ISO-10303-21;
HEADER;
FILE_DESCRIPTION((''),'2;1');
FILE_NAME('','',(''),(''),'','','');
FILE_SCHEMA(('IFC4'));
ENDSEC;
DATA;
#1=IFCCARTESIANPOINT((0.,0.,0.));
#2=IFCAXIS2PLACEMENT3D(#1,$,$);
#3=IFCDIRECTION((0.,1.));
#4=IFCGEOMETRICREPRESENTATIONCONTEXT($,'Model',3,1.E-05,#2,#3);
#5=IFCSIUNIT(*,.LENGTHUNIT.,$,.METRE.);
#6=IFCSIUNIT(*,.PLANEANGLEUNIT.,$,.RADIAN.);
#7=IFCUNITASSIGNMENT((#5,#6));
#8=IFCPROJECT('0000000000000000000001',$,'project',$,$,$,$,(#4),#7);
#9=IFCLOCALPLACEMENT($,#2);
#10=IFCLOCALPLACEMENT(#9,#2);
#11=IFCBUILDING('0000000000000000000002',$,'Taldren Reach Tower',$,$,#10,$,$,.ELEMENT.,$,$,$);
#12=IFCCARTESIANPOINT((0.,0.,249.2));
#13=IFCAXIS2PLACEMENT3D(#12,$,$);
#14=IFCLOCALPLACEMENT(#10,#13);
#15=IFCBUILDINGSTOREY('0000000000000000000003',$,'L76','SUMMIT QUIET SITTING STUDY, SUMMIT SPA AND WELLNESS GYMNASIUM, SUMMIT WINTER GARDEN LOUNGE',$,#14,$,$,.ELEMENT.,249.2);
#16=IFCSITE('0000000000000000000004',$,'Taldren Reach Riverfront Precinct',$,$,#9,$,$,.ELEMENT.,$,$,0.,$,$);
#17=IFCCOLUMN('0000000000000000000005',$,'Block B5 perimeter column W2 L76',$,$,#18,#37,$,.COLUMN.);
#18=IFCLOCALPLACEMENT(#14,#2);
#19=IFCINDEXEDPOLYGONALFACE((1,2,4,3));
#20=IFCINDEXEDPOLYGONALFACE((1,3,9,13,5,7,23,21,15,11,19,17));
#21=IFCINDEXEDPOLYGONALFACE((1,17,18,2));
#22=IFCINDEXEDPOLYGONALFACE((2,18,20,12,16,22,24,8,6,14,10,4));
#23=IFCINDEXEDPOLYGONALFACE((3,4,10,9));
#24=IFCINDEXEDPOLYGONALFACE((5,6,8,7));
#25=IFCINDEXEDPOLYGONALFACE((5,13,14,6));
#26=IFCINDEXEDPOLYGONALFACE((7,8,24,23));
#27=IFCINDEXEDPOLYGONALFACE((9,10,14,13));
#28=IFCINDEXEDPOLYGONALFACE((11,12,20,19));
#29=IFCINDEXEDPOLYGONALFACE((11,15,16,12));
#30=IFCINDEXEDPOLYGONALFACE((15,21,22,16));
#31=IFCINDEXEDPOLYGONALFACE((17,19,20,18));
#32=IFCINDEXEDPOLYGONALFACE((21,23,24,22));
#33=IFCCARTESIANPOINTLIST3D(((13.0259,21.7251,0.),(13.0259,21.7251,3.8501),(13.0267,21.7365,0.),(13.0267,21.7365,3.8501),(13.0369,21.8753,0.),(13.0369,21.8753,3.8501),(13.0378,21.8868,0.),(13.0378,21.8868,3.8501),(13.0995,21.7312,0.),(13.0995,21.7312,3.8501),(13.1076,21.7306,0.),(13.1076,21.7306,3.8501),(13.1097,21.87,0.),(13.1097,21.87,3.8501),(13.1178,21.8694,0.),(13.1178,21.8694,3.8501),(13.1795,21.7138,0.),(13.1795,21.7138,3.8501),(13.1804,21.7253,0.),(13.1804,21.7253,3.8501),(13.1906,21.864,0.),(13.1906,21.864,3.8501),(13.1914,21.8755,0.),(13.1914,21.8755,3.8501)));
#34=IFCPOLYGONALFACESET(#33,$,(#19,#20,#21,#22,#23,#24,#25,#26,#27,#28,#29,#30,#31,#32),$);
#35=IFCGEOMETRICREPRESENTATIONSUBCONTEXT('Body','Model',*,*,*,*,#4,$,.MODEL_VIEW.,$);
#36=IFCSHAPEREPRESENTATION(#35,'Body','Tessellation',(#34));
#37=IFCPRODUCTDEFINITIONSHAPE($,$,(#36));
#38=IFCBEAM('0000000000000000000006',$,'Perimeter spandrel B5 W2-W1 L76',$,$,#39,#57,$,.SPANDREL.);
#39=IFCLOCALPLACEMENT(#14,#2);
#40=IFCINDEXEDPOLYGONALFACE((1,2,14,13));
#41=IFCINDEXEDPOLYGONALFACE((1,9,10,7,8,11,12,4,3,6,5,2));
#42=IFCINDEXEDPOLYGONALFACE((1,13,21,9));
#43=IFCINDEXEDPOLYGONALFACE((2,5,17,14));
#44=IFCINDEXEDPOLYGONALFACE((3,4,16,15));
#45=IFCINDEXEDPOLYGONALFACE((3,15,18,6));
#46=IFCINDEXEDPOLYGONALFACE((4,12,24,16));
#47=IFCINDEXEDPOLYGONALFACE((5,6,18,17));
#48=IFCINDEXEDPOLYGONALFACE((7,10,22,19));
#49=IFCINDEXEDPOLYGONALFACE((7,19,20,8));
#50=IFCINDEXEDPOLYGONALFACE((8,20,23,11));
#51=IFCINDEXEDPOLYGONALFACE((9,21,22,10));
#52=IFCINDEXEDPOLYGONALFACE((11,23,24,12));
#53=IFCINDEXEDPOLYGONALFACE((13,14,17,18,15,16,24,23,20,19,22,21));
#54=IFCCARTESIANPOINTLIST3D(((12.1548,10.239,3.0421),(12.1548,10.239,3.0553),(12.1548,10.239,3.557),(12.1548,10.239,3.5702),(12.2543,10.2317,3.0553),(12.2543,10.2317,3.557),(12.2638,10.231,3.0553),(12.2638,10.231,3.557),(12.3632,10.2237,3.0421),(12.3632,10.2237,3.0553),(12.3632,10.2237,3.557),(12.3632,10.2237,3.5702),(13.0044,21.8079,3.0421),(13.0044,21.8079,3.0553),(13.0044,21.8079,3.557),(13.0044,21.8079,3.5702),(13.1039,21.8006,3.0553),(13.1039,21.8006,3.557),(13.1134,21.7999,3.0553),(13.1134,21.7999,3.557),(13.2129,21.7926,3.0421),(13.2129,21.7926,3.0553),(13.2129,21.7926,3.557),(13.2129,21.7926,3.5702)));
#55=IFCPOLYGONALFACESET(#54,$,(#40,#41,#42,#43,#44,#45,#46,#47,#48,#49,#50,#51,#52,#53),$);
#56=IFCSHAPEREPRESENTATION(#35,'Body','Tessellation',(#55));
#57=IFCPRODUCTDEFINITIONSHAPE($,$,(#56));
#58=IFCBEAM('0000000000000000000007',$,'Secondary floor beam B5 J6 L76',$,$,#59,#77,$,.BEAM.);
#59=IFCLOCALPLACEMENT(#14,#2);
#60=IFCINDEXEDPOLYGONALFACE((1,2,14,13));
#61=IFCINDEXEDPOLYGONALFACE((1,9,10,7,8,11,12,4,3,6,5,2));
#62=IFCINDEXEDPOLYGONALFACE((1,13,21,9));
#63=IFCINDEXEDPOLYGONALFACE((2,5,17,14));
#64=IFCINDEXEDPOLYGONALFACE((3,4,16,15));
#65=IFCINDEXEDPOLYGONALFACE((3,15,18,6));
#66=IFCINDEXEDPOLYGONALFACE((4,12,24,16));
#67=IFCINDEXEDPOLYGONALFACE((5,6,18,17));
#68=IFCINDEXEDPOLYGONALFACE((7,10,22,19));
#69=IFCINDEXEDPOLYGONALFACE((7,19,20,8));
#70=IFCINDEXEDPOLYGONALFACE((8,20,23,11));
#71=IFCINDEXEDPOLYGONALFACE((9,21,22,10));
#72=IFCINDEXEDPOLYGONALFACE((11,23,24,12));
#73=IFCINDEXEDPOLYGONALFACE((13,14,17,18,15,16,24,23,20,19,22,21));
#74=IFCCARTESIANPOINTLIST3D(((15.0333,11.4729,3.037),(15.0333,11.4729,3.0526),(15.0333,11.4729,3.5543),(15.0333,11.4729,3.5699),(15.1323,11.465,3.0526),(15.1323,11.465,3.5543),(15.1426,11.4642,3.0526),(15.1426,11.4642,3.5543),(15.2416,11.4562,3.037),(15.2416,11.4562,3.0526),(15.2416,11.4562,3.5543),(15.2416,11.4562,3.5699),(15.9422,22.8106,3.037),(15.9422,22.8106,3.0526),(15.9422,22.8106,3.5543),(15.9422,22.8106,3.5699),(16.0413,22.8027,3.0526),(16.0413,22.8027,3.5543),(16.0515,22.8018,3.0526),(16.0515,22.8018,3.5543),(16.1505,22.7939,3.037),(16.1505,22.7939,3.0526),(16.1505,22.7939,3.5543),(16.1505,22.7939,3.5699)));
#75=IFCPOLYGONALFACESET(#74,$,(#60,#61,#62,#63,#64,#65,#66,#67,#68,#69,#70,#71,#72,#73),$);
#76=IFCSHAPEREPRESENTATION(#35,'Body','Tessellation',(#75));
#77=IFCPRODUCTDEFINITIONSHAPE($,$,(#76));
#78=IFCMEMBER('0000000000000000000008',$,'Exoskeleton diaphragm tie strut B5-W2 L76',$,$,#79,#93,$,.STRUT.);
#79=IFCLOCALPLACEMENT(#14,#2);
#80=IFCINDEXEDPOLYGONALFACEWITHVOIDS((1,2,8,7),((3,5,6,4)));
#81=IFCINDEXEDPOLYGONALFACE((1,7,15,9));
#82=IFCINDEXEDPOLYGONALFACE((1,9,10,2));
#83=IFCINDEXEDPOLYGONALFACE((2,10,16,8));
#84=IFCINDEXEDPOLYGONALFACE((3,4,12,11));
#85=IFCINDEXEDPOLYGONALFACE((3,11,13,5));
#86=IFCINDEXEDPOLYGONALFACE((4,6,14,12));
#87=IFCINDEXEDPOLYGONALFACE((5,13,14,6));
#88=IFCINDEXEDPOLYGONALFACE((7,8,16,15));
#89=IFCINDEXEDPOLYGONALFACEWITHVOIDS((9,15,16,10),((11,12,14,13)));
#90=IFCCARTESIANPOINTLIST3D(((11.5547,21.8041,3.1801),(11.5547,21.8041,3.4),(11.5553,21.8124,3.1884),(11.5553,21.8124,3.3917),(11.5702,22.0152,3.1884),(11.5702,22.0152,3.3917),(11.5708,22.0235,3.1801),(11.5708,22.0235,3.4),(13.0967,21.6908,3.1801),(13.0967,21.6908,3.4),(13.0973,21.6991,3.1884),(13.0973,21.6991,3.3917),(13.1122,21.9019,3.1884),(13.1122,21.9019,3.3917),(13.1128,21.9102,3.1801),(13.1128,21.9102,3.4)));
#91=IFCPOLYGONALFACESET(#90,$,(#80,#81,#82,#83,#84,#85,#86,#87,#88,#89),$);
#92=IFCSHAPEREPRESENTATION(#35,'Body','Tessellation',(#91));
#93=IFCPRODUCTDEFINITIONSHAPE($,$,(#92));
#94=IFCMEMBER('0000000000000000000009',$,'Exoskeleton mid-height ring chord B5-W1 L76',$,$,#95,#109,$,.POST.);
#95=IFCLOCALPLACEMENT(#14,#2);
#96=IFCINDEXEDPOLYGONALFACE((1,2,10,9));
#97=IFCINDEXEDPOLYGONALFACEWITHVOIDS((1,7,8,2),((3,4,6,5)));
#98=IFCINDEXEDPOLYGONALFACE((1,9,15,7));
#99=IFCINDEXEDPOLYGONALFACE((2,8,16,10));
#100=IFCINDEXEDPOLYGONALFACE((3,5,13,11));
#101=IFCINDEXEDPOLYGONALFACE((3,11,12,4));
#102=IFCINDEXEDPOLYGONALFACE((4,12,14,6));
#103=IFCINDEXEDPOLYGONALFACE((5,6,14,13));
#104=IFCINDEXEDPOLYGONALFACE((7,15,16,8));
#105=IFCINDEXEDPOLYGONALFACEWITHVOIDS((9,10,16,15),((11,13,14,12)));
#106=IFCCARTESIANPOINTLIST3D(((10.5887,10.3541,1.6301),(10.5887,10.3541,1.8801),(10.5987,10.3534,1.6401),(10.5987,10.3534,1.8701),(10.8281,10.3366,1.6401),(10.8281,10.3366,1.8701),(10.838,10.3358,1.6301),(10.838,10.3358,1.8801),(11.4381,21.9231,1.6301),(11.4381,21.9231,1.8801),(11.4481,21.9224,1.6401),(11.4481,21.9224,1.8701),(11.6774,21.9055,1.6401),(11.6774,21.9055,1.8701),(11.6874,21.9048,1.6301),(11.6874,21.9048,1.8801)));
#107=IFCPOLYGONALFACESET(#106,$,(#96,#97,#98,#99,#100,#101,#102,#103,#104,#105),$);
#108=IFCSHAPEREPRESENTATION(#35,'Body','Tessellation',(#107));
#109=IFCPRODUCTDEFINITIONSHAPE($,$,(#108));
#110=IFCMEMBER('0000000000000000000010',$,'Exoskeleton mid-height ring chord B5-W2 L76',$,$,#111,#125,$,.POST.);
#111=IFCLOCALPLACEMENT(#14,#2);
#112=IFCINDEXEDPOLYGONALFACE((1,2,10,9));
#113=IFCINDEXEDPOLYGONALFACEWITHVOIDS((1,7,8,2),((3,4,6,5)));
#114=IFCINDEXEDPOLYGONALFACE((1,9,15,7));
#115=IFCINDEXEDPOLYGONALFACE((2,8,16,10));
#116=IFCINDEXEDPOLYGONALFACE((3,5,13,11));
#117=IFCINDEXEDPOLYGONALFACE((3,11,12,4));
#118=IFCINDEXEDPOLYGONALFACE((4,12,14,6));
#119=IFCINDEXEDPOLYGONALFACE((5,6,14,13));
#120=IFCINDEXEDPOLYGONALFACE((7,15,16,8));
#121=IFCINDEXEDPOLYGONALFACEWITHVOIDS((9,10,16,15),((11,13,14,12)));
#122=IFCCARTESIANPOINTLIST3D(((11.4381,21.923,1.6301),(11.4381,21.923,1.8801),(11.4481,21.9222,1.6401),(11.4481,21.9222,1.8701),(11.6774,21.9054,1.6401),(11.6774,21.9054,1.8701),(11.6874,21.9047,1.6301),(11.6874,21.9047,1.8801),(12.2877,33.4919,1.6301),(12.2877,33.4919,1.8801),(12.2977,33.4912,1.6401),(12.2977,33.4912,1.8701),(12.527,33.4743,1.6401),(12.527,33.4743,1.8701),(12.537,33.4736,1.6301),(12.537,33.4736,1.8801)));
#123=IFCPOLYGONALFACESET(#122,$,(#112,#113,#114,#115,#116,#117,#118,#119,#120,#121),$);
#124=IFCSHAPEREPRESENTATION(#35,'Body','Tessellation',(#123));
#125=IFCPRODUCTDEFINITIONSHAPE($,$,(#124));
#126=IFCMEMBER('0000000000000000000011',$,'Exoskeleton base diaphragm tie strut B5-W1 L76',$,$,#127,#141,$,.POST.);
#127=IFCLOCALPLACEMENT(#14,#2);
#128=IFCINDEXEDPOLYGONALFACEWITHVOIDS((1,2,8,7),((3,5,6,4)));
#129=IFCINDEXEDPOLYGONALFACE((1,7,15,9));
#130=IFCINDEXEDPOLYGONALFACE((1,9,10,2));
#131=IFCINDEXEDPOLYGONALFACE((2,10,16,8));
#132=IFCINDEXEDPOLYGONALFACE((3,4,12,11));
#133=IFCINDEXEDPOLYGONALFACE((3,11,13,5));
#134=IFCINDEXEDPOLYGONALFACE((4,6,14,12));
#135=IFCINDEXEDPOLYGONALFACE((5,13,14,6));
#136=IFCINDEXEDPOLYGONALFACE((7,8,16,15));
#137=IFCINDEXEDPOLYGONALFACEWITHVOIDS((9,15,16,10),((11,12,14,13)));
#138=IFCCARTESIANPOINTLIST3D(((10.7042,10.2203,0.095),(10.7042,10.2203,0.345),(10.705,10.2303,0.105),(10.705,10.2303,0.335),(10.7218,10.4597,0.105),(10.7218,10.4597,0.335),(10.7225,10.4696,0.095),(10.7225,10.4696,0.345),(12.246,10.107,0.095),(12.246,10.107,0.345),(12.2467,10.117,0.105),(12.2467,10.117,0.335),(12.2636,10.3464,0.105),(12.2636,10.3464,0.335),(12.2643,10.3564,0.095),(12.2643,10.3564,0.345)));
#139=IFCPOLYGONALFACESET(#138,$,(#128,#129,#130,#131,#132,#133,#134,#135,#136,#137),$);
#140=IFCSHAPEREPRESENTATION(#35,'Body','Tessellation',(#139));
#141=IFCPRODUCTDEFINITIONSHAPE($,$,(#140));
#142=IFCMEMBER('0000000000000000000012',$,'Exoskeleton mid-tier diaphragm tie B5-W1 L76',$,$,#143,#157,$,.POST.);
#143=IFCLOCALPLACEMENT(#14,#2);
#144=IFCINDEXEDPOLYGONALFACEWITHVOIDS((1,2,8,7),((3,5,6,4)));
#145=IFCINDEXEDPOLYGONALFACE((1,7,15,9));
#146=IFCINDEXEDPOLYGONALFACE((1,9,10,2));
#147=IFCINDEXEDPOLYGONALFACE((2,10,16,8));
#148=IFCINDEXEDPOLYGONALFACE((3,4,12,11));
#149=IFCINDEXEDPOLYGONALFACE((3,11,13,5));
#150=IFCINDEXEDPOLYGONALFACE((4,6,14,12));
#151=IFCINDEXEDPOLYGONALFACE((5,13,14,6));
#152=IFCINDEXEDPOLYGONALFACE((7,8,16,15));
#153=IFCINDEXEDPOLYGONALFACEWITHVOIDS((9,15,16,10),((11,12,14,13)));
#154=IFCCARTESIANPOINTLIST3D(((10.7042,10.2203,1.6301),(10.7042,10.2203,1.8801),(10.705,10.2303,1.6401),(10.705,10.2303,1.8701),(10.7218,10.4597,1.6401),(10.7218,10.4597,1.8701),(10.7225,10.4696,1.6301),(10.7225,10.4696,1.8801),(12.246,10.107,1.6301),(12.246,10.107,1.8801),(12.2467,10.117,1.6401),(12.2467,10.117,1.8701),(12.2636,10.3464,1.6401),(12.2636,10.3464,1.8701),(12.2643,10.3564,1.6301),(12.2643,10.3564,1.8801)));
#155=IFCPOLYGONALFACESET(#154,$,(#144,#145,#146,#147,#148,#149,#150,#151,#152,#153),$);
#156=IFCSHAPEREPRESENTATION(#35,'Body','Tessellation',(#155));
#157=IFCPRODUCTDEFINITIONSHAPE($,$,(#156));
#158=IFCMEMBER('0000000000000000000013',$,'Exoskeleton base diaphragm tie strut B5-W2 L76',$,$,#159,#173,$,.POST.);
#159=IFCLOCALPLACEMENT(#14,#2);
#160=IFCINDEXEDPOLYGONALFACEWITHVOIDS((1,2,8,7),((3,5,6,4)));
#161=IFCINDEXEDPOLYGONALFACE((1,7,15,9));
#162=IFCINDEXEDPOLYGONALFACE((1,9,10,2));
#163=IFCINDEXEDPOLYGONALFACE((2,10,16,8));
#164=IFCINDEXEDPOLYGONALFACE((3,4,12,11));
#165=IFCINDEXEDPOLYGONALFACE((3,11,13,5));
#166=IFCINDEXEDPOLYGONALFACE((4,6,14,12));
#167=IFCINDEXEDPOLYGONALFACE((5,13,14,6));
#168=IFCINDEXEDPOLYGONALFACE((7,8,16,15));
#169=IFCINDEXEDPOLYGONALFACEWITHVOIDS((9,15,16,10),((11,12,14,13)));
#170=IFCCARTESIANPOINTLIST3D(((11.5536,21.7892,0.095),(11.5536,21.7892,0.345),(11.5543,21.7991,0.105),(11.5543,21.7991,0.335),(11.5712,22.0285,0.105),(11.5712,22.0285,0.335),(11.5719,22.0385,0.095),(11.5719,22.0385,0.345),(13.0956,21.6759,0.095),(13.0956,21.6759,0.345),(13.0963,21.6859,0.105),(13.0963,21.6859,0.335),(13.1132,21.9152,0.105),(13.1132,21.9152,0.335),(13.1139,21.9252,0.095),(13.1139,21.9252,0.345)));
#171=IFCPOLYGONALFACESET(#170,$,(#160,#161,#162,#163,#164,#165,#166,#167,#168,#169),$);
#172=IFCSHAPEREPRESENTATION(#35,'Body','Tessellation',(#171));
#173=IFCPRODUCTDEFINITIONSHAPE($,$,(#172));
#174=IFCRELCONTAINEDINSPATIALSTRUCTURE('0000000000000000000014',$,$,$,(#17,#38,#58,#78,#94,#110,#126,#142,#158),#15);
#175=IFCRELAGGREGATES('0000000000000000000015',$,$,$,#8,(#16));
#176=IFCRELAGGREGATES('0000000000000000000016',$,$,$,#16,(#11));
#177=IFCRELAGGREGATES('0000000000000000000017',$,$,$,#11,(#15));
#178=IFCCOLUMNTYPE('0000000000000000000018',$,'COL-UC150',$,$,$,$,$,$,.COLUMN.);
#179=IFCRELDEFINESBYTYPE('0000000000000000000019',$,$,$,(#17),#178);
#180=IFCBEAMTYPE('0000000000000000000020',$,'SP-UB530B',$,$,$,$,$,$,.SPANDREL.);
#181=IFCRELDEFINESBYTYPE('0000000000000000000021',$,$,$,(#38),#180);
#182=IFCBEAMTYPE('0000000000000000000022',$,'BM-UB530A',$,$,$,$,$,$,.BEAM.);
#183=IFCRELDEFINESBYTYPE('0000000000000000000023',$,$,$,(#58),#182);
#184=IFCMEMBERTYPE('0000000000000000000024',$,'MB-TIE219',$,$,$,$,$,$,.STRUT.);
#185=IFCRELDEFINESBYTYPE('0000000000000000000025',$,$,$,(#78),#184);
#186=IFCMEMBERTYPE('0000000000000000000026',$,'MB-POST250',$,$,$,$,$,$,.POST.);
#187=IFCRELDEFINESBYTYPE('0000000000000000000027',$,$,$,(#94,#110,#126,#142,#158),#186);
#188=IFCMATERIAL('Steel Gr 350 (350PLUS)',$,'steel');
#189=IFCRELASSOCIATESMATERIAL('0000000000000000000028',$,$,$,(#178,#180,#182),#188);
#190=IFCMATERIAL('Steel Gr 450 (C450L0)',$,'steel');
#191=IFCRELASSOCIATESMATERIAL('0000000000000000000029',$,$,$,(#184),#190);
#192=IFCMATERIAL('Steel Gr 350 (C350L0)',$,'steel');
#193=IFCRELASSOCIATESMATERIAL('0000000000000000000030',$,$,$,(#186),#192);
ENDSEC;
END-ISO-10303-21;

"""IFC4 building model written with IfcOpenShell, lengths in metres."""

from ifc_helpers import new_model, si_unit, direction, frame, origin, origin_2d, place, context, subcontext, project, spatial, hollow_rectangle, i_section, extrude, source, transform, mapped, material, material_profile, profile_set, type_object, element, save


model = new_model("IFC4")

# Units and contexts
model_context = context("Model", 3, precision=1e-05, world=origin(), true_north=direction((0.0, 1.0)))
body_context = subcontext(model_context, "Body", "Model", "MODEL_VIEW")
ifc_project = project(units=[si_unit("LENGTHUNIT", "METRE"), si_unit("PLANEANGLEUNIT", "RADIAN")], contexts=[model_context])

# Site, building, storey
site_placement = place(None, origin())
site = spatial("IfcSite", under=ifc_project, at=site_placement, Name="Taldren Reach Riverfront Precinct", CompositionType="ELEMENT", RefElevation=0.0)
building_placement = place(site_placement, origin())
building = spatial("IfcBuilding", under=site, at=building_placement, Name="Taldren Reach Tower", CompositionType="ELEMENT")
storey_placement = place(building_placement, frame((0.0, 0.0, 249.2)))
storey = spatial("IfcBuildingStorey", under=building, at=storey_placement, Name="L76", Description="SUMMIT QUIET SITTING STUDY, SUMMIT SPA AND WELLNESS GYMNASIUM, SUMMIT WINTER GARDEN LOUNGE", CompositionType="ELEMENT", Elevation=249.2)

# Column
ifc_material_1 = material(Name="Steel Gr 350 (350PLUS)", Category="steel")
ifc_material_profile_1 = material_profile(ifc_material_1, i_section(OverallWidth=0.1541, OverallDepth=0.1621, WebThickness=0.0081, FlangeThickness=0.0115, at=origin_2d()), Name="150UC37.2")
ifc_profile_set_1 = profile_set([ifc_material_profile_1], Name="Steel Gr 350 (350PLUS)")
column_type = type_object("IfcColumnType", Name="COL-UC150", PredefinedType="COLUMN", material=ifc_profile_set_1)
shared_shape_1 = source(origin(), body_context, "Body", "SweptSolid", [
    extrude(i_section(OverallWidth=0.1541, OverallDepth=0.1621, WebThickness=0.0081, FlangeThickness=0.0115, at=origin_2d()), origin(), (0.0, 0.0, 1.0), 3.8501),
])
column_placement = place(storey_placement, frame((13.1086, 21.8003, 0.0), z_axis=(0.0, 0.0, 1.0), x_axis=(0.997314, -0.073238, 0.0)))
element("IfcColumn", 1, at=column_placement, inside=storey, type_object=column_type, Name="Block B5 perimeter column W2 L76", PredefinedType="COLUMN", context=body_context, shape_type="MappedRepresentation", body=[
    mapped(shared_shape_1, transform((0.0, 0.0, 0.0), scale=1.0)),
])

# Beams
ifc_material_profile_2 = material_profile(ifc_material_1, i_section(OverallWidth=0.209, OverallDepth=0.5281, WebThickness=0.0095, FlangeThickness=0.0132, at=origin_2d()), Name="530UB82.0")
ifc_profile_set_2 = profile_set([ifc_material_profile_2], Name="Steel Gr 350 (350PLUS)")
beam_type_1 = type_object("IfcBeamType", Name="SP-UB530B", PredefinedType="SPANDREL", material=ifc_profile_set_2)
shared_shape_2 = source(origin(), body_context, "Body", "SweptSolid", [
    extrude(i_section(OverallWidth=0.209, OverallDepth=0.5281, WebThickness=0.0095, FlangeThickness=0.0132, at=origin_2d()), origin(), (0.0, 0.0, 1.0), 11.6001),
])
beam_1_placement = place(storey_placement, frame((13.1086, 21.8003, 3.3062), z_axis=(-0.073242, -0.997314, 0.0), x_axis=(0.997314, -0.073242, 0.0)))
element("IfcBeam", 2, at=beam_1_placement, inside=storey, type_object=beam_type_1, Name="Perimeter spandrel B5 W2-W1 L76", PredefinedType="SPANDREL", context=body_context, shape_type="MappedRepresentation", body=[
    mapped(shared_shape_2, transform((0.0, 0.0, 0.0), scale=1.0)),
])
ifc_material_profile_3 = material_profile(ifc_material_1, i_section(OverallWidth=0.209, OverallDepth=0.533, WebThickness=0.0103, FlangeThickness=0.0156, at=origin_2d()), Name="530UB92.4")
ifc_profile_set_3 = profile_set([ifc_material_profile_3], Name="Steel Gr 350 (350PLUS)")
beam_type_2 = type_object("IfcBeamType", Name="BM-UB530A", PredefinedType="BEAM", material=ifc_profile_set_3)
shared_shape_3 = source(origin(), body_context, "Body", "SweptSolid", [
    extrude(i_section(OverallWidth=0.209, OverallDepth=0.533, WebThickness=0.0103, FlangeThickness=0.0156, at=origin_2d()), origin(), (0.0, 0.0, 1.0), 11.374),
])
beam_2_placement = place(storey_placement, frame((15.1375, 11.4646, 3.3035), z_axis=(0.079913, 0.996802, 0.0), x_axis=(-0.996802, 0.079913, 0.0)))
element("IfcBeam", 3, at=beam_2_placement, inside=storey, type_object=beam_type_2, Name="Secondary floor beam B5 J6 L76", PredefinedType="BEAM", context=body_context, shape_type="MappedRepresentation", body=[
    mapped(shared_shape_3, transform((0.0, 0.0, 0.0), scale=1.0)),
])

# Members
ifc_material_2 = material(Name="Steel Gr 450 (C450L0)", Category="steel")
ifc_material_profile_4 = material_profile(ifc_material_2, hollow_rectangle(XDim=0.22, YDim=0.22, WallThickness=0.0083, at=origin_2d()), Name="220x220x8.2SHS")
ifc_profile_set_4 = profile_set([ifc_material_profile_4], Name="Steel Gr 450 (C450L0)")
member_type_1 = type_object("IfcMemberType", Name="MB-TIE219", PredefinedType="STRUT", material=ifc_profile_set_4)
shared_shape_4 = source(origin(), body_context, "Body", "SweptSolid", [
    extrude(hollow_rectangle(XDim=0.22, YDim=0.22, WallThickness=0.0083, at=origin_2d()), origin(), (0.0, 0.0, 1.0), 1.5461),
])
member_1_placement = place(storey_placement, frame((13.1047, 21.8005, 3.29), z_axis=(-0.997312, 0.073267, 0.0), x_axis=(-0.073267, -0.997312, 0.0)))
element("IfcMember", 4, at=member_1_placement, inside=storey, type_object=member_type_1, Name="Exoskeleton diaphragm tie strut B5-W2 L76", PredefinedType="STRUT", context=body_context, shape_type="MappedRepresentation", body=[
    mapped(shared_shape_4, transform((0.0, 0.0, 0.0), scale=1.0)),
])
ifc_material_3 = material(Name="Steel Gr 350 (C350L0)", Category="steel")
ifc_material_profile_5 = material_profile(ifc_material_3, hollow_rectangle(XDim=0.25, YDim=0.25, WallThickness=0.01, at=origin_2d()), Name="250x250x10.0SHS")
ifc_profile_set_5 = profile_set([ifc_material_profile_5], Name="Steel Gr 350 (C350L0)")
member_type_2 = type_object("IfcMemberType", Name="MB-POST250", PredefinedType="POST", material=ifc_profile_set_5)
shared_shape_5 = source(origin(), body_context, "Body", "SweptSolid", [
    extrude(hollow_rectangle(XDim=0.25, YDim=0.25, WallThickness=0.01, at=origin_2d()), origin(), (0.0, 0.0, 1.0), 11.6001),
])
for number, where, z_axis, x_axis, name in (
    (5, (10.7134, 10.345, 1.7551), (0.073221, 0.997316, 0.0), (-0.997316, 0.073221, 0.0), "Exoskeleton mid-height ring chord B5-W1 L76"),
    (6, (11.5627, 21.9138, 1.7551), (0.073242, 0.997314, 0.0), (-0.997314, 0.073242, 0.0), "Exoskeleton mid-height ring chord B5-W2 L76"),
):
    element("IfcMember", number, at=place(storey_placement, frame(where, z_axis=z_axis, x_axis=x_axis)), inside=storey, type_object=member_type_2, Name=name, PredefinedType="POST", context=body_context, shape_type="MappedRepresentation", body=[
        mapped(shared_shape_5, transform((0.0, 0.0, 0.0), scale=1.0)),
    ])
shared_shape_6 = source(origin(), body_context, "Body", "SweptSolid", [
    extrude(hollow_rectangle(XDim=0.25, YDim=0.25, WallThickness=0.01, at=origin_2d()), origin(), (0.0, 0.0, 1.0), 1.5459),
])
for number, where, z_axis, x_axis, name in (
    (7, (12.2551, 10.2317, 0.22), (-0.997312, 0.073278, 0.0), (-0.073278, -0.997312, 0.0), "Exoskeleton base diaphragm tie strut B5-W1 L76"),
    (8, (12.2551, 10.2317, 1.7551), (-0.997312, 0.073278, 0.0), (-0.073278, -0.997312, 0.0), "Exoskeleton mid-tier diaphragm tie B5-W1 L76"),
):
    element("IfcMember", number, at=place(storey_placement, frame(where, z_axis=z_axis, x_axis=x_axis)), inside=storey, type_object=member_type_2, Name=name, PredefinedType="POST", context=body_context, shape_type="MappedRepresentation", body=[
        mapped(shared_shape_6, transform((0.0, 0.0, 0.0), scale=1.0)),
    ])
shared_shape_7 = source(origin(), body_context, "Body", "SweptSolid", [
    extrude(hollow_rectangle(XDim=0.25, YDim=0.25, WallThickness=0.01, at=origin_2d()), origin(), (0.0, 0.0, 1.0), 1.5461),
])
for number, where, z_axis, x_axis, name in (
    (9, (13.1047, 21.8005, 0.22), (-0.997312, 0.073267, 0.0), (-0.073267, -0.997312, 0.0), "Exoskeleton base diaphragm tie strut B5-W2 L76"),
):
    element("IfcMember", number, at=place(storey_placement, frame(where, z_axis=z_axis, x_axis=x_axis)), inside=storey, type_object=member_type_2, Name=name, PredefinedType="POST", context=body_context, shape_type="MappedRepresentation", body=[
        mapped(shared_shape_7, transform((0.0, 0.0, 0.0), scale=1.0)),
    ])

save(model, "model.ifc")
